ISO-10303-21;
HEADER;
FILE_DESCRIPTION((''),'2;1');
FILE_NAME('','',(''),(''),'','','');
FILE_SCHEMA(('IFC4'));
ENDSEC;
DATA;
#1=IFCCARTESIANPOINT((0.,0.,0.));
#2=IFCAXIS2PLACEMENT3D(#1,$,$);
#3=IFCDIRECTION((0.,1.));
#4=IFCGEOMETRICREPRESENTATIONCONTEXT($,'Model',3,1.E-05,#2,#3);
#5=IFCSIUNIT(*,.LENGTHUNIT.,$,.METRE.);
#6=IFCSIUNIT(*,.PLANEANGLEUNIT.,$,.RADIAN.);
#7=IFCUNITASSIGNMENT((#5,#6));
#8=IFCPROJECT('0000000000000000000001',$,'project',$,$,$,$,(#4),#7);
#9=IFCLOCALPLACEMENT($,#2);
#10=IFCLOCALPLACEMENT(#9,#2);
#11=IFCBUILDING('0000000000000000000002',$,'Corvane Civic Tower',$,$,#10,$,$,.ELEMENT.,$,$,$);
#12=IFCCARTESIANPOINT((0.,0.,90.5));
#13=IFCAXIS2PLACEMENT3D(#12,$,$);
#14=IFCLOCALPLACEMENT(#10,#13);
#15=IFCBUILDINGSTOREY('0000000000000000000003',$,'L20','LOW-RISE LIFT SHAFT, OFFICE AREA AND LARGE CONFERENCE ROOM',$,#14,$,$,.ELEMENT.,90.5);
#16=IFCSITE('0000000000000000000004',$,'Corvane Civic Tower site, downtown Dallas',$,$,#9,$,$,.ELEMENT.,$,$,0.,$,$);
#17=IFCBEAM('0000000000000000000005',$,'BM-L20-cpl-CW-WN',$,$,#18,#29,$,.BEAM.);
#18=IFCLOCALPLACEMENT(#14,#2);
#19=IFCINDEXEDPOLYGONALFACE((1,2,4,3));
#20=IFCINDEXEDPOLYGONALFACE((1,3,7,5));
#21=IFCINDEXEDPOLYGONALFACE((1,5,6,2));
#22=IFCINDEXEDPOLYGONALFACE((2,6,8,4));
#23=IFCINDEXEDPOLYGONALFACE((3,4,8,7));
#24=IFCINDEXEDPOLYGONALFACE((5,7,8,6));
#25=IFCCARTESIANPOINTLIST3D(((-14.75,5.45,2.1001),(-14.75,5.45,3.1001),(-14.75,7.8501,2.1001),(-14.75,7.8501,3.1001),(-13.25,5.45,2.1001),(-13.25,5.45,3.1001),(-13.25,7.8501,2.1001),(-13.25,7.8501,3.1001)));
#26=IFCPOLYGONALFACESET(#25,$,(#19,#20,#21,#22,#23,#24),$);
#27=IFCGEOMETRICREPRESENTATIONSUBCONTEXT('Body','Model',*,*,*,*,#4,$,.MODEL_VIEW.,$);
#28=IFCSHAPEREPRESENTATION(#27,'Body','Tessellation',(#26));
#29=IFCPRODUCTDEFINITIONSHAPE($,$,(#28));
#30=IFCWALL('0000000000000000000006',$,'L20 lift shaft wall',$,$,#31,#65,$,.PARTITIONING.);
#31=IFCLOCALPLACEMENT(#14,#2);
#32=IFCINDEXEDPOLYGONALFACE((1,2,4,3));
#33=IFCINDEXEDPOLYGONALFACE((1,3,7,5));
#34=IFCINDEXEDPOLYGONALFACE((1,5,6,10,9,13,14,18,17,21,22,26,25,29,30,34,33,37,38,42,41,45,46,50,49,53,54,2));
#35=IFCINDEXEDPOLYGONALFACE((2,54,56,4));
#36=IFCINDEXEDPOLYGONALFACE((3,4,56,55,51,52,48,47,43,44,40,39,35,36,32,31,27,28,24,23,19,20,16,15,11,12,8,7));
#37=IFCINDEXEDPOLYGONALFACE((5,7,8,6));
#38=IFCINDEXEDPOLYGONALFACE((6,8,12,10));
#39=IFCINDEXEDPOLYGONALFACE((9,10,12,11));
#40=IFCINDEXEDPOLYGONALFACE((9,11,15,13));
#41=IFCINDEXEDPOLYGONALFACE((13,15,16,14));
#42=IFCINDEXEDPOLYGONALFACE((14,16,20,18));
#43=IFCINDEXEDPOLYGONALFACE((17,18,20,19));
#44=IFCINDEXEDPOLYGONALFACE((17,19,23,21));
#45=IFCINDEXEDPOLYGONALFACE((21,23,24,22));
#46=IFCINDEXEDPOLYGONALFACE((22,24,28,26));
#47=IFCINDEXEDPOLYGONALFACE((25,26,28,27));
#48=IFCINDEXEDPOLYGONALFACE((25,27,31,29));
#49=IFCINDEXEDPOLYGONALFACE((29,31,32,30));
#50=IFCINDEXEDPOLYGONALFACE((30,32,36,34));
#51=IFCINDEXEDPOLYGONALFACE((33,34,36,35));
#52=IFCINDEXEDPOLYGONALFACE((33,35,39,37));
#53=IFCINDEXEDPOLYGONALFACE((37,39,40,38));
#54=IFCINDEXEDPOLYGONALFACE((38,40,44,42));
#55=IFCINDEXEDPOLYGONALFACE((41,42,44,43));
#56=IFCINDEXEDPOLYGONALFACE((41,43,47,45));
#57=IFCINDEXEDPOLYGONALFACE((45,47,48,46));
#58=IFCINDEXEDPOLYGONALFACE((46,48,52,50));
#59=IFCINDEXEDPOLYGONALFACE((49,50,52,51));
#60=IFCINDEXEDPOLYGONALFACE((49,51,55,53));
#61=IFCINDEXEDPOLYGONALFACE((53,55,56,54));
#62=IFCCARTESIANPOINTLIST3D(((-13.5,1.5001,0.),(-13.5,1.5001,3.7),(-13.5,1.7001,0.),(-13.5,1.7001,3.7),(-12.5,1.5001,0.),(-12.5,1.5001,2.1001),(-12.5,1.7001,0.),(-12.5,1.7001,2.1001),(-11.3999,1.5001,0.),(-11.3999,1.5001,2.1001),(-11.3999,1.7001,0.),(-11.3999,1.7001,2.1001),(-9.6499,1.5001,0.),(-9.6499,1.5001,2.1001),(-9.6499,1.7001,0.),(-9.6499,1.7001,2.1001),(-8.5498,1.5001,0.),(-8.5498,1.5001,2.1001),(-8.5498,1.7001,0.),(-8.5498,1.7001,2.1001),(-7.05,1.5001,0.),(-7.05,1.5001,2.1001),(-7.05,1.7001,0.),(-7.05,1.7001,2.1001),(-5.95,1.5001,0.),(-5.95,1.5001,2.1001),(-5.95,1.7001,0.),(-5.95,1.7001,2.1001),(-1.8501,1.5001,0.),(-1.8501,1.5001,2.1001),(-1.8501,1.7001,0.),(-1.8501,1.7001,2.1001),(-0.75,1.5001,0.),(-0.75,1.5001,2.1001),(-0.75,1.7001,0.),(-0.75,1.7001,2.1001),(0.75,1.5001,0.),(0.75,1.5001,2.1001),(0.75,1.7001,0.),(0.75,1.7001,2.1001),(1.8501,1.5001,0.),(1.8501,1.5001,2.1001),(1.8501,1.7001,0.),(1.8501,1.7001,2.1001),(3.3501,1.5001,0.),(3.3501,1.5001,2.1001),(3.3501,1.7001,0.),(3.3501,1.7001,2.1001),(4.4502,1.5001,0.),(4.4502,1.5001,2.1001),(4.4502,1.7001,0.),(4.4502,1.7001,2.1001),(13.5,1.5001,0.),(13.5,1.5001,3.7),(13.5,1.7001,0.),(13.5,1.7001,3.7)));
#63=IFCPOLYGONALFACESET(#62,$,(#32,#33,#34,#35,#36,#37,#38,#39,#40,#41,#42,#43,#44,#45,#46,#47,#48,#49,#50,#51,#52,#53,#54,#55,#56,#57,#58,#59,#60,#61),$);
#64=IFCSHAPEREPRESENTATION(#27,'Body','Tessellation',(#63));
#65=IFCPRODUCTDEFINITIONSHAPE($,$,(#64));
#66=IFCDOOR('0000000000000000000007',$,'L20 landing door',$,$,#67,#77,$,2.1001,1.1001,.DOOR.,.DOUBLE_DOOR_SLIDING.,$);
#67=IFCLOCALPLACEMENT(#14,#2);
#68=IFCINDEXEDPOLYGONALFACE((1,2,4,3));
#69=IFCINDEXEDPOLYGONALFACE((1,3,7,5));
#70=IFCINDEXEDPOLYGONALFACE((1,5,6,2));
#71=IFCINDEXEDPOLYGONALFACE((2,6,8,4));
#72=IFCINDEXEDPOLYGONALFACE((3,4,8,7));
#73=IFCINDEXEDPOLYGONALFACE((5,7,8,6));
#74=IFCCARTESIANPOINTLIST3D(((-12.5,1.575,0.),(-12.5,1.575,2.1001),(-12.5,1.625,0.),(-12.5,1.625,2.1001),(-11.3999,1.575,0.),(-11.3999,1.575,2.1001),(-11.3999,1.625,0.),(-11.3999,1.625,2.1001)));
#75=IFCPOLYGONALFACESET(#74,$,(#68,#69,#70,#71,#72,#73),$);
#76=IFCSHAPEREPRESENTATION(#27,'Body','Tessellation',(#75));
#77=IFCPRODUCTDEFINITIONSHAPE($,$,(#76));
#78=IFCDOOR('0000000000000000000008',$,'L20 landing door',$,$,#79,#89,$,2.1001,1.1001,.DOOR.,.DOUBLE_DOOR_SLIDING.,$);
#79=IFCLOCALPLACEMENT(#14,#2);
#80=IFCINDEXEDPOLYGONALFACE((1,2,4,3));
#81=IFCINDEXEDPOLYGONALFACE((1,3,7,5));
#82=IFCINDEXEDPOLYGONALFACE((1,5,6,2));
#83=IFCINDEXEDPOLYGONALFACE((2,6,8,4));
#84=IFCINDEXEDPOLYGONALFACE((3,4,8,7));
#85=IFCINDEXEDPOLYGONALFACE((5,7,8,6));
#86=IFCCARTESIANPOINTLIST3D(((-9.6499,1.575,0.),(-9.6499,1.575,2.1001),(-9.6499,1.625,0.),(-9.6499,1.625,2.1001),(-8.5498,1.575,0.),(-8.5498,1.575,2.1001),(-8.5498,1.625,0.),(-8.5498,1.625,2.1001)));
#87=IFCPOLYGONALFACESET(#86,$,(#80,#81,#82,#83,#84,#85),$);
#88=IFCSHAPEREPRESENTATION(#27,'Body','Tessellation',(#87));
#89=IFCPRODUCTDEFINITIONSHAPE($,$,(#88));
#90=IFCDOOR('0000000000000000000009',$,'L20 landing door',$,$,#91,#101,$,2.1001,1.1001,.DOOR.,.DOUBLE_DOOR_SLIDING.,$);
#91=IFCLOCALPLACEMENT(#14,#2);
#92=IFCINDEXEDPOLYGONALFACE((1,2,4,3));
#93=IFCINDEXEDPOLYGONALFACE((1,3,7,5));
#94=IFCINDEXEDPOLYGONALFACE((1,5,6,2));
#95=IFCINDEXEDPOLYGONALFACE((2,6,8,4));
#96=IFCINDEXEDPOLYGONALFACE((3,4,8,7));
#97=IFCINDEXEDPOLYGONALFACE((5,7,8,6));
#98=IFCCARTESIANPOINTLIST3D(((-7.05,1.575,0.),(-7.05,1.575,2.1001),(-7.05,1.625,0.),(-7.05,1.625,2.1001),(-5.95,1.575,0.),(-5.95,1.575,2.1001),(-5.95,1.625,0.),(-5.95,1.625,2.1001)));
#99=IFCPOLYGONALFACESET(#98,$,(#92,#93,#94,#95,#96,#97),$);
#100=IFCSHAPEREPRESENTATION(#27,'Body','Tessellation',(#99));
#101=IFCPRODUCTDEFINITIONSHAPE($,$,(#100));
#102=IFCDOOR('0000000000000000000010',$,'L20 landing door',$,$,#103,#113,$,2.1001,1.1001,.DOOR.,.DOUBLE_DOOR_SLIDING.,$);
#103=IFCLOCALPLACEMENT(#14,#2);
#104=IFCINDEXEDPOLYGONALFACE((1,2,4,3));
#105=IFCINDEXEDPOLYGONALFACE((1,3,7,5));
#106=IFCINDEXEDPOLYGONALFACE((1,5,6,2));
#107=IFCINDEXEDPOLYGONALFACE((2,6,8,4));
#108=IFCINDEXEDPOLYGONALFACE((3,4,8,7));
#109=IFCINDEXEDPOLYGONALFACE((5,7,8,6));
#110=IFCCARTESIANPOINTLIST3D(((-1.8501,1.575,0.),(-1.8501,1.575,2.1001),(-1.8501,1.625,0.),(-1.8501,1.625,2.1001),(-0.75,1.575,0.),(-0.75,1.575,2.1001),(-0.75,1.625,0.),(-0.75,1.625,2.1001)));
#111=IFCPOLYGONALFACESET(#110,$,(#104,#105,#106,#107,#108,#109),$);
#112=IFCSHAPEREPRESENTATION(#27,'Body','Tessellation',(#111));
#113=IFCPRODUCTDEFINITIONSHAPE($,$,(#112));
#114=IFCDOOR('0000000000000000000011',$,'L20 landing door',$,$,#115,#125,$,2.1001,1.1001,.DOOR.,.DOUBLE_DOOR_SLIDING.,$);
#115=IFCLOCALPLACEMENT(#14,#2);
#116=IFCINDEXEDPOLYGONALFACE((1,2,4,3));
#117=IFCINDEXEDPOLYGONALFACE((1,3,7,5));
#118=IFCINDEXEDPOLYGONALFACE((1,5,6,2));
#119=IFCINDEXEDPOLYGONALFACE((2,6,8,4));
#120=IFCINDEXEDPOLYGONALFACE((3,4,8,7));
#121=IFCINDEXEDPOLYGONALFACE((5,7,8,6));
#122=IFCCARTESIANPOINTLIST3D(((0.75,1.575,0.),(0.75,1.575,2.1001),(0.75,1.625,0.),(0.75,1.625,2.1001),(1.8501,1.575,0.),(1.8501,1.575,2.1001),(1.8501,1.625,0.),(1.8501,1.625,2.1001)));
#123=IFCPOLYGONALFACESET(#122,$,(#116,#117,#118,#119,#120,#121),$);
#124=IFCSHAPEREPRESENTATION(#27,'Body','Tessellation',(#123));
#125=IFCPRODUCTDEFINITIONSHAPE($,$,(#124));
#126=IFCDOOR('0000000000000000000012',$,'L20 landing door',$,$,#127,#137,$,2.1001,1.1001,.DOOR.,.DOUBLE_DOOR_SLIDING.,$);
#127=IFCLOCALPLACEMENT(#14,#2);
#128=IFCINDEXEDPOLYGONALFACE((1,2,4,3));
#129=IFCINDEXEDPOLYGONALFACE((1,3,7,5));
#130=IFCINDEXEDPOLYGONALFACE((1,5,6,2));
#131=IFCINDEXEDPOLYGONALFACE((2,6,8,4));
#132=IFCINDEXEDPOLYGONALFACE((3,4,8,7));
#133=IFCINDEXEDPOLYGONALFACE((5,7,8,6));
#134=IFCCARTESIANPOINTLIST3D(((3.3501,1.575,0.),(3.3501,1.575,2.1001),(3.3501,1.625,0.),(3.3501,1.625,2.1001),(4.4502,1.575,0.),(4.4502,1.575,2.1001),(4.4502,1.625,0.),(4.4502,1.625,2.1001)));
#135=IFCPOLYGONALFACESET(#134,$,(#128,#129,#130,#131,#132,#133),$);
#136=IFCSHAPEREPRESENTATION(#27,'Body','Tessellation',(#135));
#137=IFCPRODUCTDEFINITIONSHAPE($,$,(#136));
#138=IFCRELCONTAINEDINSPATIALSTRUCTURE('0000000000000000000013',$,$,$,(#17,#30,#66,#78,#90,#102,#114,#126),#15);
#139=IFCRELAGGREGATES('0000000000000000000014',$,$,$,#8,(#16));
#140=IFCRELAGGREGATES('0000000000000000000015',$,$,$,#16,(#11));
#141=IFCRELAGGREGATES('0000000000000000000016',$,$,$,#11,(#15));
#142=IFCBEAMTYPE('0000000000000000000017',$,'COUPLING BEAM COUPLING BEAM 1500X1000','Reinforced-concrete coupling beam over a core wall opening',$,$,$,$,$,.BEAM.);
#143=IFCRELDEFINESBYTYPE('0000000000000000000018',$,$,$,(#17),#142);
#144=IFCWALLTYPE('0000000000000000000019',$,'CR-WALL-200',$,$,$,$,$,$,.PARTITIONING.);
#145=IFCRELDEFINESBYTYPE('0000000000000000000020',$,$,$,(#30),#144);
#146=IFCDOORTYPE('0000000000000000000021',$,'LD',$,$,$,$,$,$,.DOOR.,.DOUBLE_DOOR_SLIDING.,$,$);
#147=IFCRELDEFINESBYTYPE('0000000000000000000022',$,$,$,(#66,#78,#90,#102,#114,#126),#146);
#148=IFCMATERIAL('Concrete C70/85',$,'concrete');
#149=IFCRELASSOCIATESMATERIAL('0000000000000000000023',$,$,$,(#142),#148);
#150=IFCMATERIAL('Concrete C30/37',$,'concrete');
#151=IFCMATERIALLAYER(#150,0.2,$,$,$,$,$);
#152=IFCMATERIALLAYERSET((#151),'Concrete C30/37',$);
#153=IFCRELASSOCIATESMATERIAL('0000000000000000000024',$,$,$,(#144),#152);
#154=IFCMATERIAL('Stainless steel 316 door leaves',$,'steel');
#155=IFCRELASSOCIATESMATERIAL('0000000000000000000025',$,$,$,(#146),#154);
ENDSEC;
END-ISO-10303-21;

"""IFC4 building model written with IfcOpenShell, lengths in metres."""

from ifc_helpers import new_model, si_unit, direction, frame, frame_2d, origin, origin_2d, place, context, subcontext, project, spatial, rectangle, extrude, material, layer, layer_set, material_profile, profile_set, type_object, element, fill, save


model = new_model("IFC4")

# Units and contexts
model_context = context("Model", 3, precision=1e-05, world=origin(), true_north=direction((0.0, 1.0)))
body_context = subcontext(model_context, "Body", "Model", "MODEL_VIEW")
ifc_project = project(units=[si_unit("LENGTHUNIT", "METRE"), si_unit("PLANEANGLEUNIT", "RADIAN")], contexts=[model_context])

# Site, building, storey
site_placement = place(None, origin())
site = spatial("IfcSite", under=ifc_project, at=site_placement, Name="Corvane Civic Tower site, downtown Dallas", CompositionType="ELEMENT", RefElevation=0.0)
building_placement = place(site_placement, origin())
building = spatial("IfcBuilding", under=site, at=building_placement, Name="Corvane Civic Tower", CompositionType="ELEMENT")
storey_placement = place(building_placement, frame((0.0, 0.0, 90.5)))
storey = spatial("IfcBuildingStorey", under=building, at=storey_placement, Name="L20", Description="LOW-RISE LIFT SHAFT, OFFICE AREA AND LARGE CONFERENCE ROOM", CompositionType="ELEMENT", Elevation=90.5)

# Beam
ifc_material_1 = material(Name="Concrete C70/85", Category="concrete")
ifc_material_profile = material_profile(ifc_material_1, rectangle(XDim=1.5, YDim=1.0, at=origin_2d()), Name="COUPLING BEAM 1500X1000")
ifc_profile_set = profile_set([ifc_material_profile], Name="Concrete C70/85")
beam_type = type_object("IfcBeamType", Name="COUPLING BEAM COUPLING BEAM 1500X1000", Description="Reinforced-concrete coupling beam over a core wall opening", PredefinedType="BEAM", material=ifc_profile_set)
beam_placement = place(storey_placement, frame((-14.0, 5.45, 2.6001), z_axis=(0.0, 1.0, 0.0), x_axis=(-1.0, 0.0, 0.0)))
element("IfcBeam", 1, at=beam_placement, inside=storey, type_object=beam_type, Name="BM-L20-cpl-CW-WN", PredefinedType="BEAM", context=body_context, shape_type="SweptSolid", body=[
    extrude(rectangle(XDim=1.5, YDim=1.0, at=origin_2d()), origin(), (0.0, 0.0, 1.0), 2.4001),
])

# Wall, openings, doors
ifc_material_2 = material(Name="Concrete C30/37", Category="concrete")
ifc_layer_1 = layer(ifc_material_2, 0.2)
ifc_layer_set_1 = layer_set([ifc_layer_1], Name="Concrete C30/37")
wall_type_1 = type_object("IfcWallType", Name="CR-WALL-200", PredefinedType="PARTITIONING", material=ifc_layer_set_1)
wall_1_placement = place(storey_placement, frame((-13.5, 1.6001, 0.0), z_axis=(0.0, 0.0, 1.0), x_axis=(1.0, 0.0, 0.0)))
wall_1 = element("IfcWall", 2, at=wall_1_placement, inside=storey, type_object=wall_type_1, Name="L20 lift shaft wall", PredefinedType="PARTITIONING", context=body_context, shape_type="SweptSolid", body=[
    extrude(rectangle(XDim=27.0, YDim=0.2, at=frame_2d((13.5, 0.0))), origin(), (0.0, 0.0, 1.0), 3.7),
])
opening_1_placement = place(wall_1_placement, frame((1.0, 0.0, 0.0)))
opening_1 = element("IfcOpeningElement", 3, at=opening_1_placement, cuts=wall_1, PredefinedType="OPENING", context=body_context, shape_type="SweptSolid", body=[
    extrude(rectangle(XDim=1.1001, YDim=2.1001, at=frame_2d((0.55, 1.05))), frame((0.0, 0.1099, 0.0), z_axis=(0.0, -1.0, 0.0), x_axis=(1.0, 0.0, 0.0)), (0.0, 0.0, 1.0), 0.22),
])
opening_2_placement = place(wall_1_placement, frame((3.8501, 0.0, 0.0)))
opening_2 = element("IfcOpeningElement", 4, at=opening_2_placement, cuts=wall_1, PredefinedType="OPENING", context=body_context, shape_type="SweptSolid", body=[
    extrude(rectangle(XDim=1.1001, YDim=2.1001, at=frame_2d((0.55, 1.05))), frame((0.0, 0.1099, 0.0), z_axis=(0.0, -1.0, 0.0), x_axis=(1.0, 0.0, 0.0)), (0.0, 0.0, 1.0), 0.22),
])
opening_3_placement = place(wall_1_placement, frame((6.45, 0.0, 0.0)))
opening_3 = element("IfcOpeningElement", 5, at=opening_3_placement, cuts=wall_1, PredefinedType="OPENING", context=body_context, shape_type="SweptSolid", body=[
    extrude(rectangle(XDim=1.1001, YDim=2.1001, at=frame_2d((0.55, 1.05))), frame((0.0, 0.1099, 0.0), z_axis=(0.0, -1.0, 0.0), x_axis=(1.0, 0.0, 0.0)), (0.0, 0.0, 1.0), 0.22),
])
opening_4_placement = place(wall_1_placement, frame((11.6499, 0.0, 0.0)))
opening_4 = element("IfcOpeningElement", 6, at=opening_4_placement, cuts=wall_1, PredefinedType="OPENING", context=body_context, shape_type="SweptSolid", body=[
    extrude(rectangle(XDim=1.1001, YDim=2.1001, at=frame_2d((0.55, 1.05))), frame((0.0, 0.1099, 0.0), z_axis=(0.0, -1.0, 0.0), x_axis=(1.0, 0.0, 0.0)), (0.0, 0.0, 1.0), 0.22),
])
opening_5_placement = place(wall_1_placement, frame((14.25, 0.0, 0.0)))
opening_5 = element("IfcOpeningElement", 7, at=opening_5_placement, cuts=wall_1, PredefinedType="OPENING", context=body_context, shape_type="SweptSolid", body=[
    extrude(rectangle(XDim=1.1001, YDim=2.1001, at=frame_2d((0.55, 1.05))), frame((0.0, 0.1099, 0.0), z_axis=(0.0, -1.0, 0.0), x_axis=(1.0, 0.0, 0.0)), (0.0, 0.0, 1.0), 0.22),
])
opening_6_placement = place(wall_1_placement, frame((16.8501, 0.0, 0.0)))
opening_6 = element("IfcOpeningElement", 8, at=opening_6_placement, cuts=wall_1, PredefinedType="OPENING", context=body_context, shape_type="SweptSolid", body=[
    extrude(rectangle(XDim=1.1001, YDim=2.1001, at=frame_2d((0.55, 1.05))), frame((0.0, 0.1099, 0.0), z_axis=(0.0, -1.0, 0.0), x_axis=(1.0, 0.0, 0.0)), (0.0, 0.0, 1.0), 0.22),
])
ifc_material_3 = material(Name="Stainless steel 316 door leaves", Category="steel")
door_type_1 = type_object("IfcDoorType", Name="LD", OperationType="DOUBLE_DOOR_SLIDING", PredefinedType="DOOR", material=ifc_material_3)
door_1_placement = place(opening_1_placement, origin())
door_1 = element("IfcDoor", 9, at=door_1_placement, inside=storey, type_object=door_type_1, Name="L20 landing door", OperationType="DOUBLE_DOOR_SLIDING", OverallHeight=2.1001, OverallWidth=1.1001, PredefinedType="DOOR", context=body_context, shape_type="SweptSolid", body=[
    extrude(rectangle(XDim=1.1001, YDim=2.1001, at=frame_2d((0.55, 1.05))), frame((0.0, 0.0249, 0.0), z_axis=(0.0, -1.0, 0.0), x_axis=(1.0, 0.0, 0.0)), (0.0, 0.0, 1.0), 0.05),
])
fill(opening_1, door_1)
door_2_placement = place(opening_2_placement, origin())
door_2 = element("IfcDoor", 10, at=door_2_placement, inside=storey, type_object=door_type_1, Name="L20 landing door", OperationType="DOUBLE_DOOR_SLIDING", OverallHeight=2.1001, OverallWidth=1.1001, PredefinedType="DOOR", context=body_context, shape_type="SweptSolid", body=[
    extrude(rectangle(XDim=1.1001, YDim=2.1001, at=frame_2d((0.55, 1.05))), frame((0.0, 0.0249, 0.0), z_axis=(0.0, -1.0, 0.0), x_axis=(1.0, 0.0, 0.0)), (0.0, 0.0, 1.0), 0.05),
])
fill(opening_2, door_2)
door_3_placement = place(opening_3_placement, origin())
door_3 = element("IfcDoor", 11, at=door_3_placement, inside=storey, type_object=door_type_1, Name="L20 landing door", OperationType="DOUBLE_DOOR_SLIDING", OverallHeight=2.1001, OverallWidth=1.1001, PredefinedType="DOOR", context=body_context, shape_type="SweptSolid", body=[
    extrude(rectangle(XDim=1.1001, YDim=2.1001, at=frame_2d((0.55, 1.05))), frame((0.0, 0.0249, 0.0), z_axis=(0.0, -1.0, 0.0), x_axis=(1.0, 0.0, 0.0)), (0.0, 0.0, 1.0), 0.05),
])
fill(opening_3, door_3)
door_4_placement = place(opening_4_placement, origin())
door_4 = element("IfcDoor", 12, at=door_4_placement, inside=storey, type_object=door_type_1, Name="L20 landing door", OperationType="DOUBLE_DOOR_SLIDING", OverallHeight=2.1001, OverallWidth=1.1001, PredefinedType="DOOR", context=body_context, shape_type="SweptSolid", body=[
    extrude(rectangle(XDim=1.1001, YDim=2.1001, at=frame_2d((0.55, 1.05))), frame((0.0, 0.0249, 0.0), z_axis=(0.0, -1.0, 0.0), x_axis=(1.0, 0.0, 0.0)), (0.0, 0.0, 1.0), 0.05),
])
fill(opening_4, door_4)
door_5_placement = place(opening_5_placement, origin())
door_5 = element("IfcDoor", 13, at=door_5_placement, inside=storey, type_object=door_type_1, Name="L20 landing door", OperationType="DOUBLE_DOOR_SLIDING", OverallHeight=2.1001, OverallWidth=1.1001, PredefinedType="DOOR", context=body_context, shape_type="SweptSolid", body=[
    extrude(rectangle(XDim=1.1001, YDim=2.1001, at=frame_2d((0.55, 1.05))), frame((0.0, 0.0249, 0.0), z_axis=(0.0, -1.0, 0.0), x_axis=(1.0, 0.0, 0.0)), (0.0, 0.0, 1.0), 0.05),
])
fill(opening_5, door_5)
door_6_placement = place(opening_6_placement, origin())
door_6 = element("IfcDoor", 14, at=door_6_placement, inside=storey, type_object=door_type_1, Name="L20 landing door", OperationType="DOUBLE_DOOR_SLIDING", OverallHeight=2.1001, OverallWidth=1.1001, PredefinedType="DOOR", context=body_context, shape_type="SweptSolid", body=[
    extrude(rectangle(XDim=1.1001, YDim=2.1001, at=frame_2d((0.55, 1.05))), frame((0.0, 0.0249, 0.0), z_axis=(0.0, -1.0, 0.0), x_axis=(1.0, 0.0, 0.0)), (0.0, 0.0, 1.0), 0.05),
])
fill(opening_6, door_6)

save(model, "model.ifc")
